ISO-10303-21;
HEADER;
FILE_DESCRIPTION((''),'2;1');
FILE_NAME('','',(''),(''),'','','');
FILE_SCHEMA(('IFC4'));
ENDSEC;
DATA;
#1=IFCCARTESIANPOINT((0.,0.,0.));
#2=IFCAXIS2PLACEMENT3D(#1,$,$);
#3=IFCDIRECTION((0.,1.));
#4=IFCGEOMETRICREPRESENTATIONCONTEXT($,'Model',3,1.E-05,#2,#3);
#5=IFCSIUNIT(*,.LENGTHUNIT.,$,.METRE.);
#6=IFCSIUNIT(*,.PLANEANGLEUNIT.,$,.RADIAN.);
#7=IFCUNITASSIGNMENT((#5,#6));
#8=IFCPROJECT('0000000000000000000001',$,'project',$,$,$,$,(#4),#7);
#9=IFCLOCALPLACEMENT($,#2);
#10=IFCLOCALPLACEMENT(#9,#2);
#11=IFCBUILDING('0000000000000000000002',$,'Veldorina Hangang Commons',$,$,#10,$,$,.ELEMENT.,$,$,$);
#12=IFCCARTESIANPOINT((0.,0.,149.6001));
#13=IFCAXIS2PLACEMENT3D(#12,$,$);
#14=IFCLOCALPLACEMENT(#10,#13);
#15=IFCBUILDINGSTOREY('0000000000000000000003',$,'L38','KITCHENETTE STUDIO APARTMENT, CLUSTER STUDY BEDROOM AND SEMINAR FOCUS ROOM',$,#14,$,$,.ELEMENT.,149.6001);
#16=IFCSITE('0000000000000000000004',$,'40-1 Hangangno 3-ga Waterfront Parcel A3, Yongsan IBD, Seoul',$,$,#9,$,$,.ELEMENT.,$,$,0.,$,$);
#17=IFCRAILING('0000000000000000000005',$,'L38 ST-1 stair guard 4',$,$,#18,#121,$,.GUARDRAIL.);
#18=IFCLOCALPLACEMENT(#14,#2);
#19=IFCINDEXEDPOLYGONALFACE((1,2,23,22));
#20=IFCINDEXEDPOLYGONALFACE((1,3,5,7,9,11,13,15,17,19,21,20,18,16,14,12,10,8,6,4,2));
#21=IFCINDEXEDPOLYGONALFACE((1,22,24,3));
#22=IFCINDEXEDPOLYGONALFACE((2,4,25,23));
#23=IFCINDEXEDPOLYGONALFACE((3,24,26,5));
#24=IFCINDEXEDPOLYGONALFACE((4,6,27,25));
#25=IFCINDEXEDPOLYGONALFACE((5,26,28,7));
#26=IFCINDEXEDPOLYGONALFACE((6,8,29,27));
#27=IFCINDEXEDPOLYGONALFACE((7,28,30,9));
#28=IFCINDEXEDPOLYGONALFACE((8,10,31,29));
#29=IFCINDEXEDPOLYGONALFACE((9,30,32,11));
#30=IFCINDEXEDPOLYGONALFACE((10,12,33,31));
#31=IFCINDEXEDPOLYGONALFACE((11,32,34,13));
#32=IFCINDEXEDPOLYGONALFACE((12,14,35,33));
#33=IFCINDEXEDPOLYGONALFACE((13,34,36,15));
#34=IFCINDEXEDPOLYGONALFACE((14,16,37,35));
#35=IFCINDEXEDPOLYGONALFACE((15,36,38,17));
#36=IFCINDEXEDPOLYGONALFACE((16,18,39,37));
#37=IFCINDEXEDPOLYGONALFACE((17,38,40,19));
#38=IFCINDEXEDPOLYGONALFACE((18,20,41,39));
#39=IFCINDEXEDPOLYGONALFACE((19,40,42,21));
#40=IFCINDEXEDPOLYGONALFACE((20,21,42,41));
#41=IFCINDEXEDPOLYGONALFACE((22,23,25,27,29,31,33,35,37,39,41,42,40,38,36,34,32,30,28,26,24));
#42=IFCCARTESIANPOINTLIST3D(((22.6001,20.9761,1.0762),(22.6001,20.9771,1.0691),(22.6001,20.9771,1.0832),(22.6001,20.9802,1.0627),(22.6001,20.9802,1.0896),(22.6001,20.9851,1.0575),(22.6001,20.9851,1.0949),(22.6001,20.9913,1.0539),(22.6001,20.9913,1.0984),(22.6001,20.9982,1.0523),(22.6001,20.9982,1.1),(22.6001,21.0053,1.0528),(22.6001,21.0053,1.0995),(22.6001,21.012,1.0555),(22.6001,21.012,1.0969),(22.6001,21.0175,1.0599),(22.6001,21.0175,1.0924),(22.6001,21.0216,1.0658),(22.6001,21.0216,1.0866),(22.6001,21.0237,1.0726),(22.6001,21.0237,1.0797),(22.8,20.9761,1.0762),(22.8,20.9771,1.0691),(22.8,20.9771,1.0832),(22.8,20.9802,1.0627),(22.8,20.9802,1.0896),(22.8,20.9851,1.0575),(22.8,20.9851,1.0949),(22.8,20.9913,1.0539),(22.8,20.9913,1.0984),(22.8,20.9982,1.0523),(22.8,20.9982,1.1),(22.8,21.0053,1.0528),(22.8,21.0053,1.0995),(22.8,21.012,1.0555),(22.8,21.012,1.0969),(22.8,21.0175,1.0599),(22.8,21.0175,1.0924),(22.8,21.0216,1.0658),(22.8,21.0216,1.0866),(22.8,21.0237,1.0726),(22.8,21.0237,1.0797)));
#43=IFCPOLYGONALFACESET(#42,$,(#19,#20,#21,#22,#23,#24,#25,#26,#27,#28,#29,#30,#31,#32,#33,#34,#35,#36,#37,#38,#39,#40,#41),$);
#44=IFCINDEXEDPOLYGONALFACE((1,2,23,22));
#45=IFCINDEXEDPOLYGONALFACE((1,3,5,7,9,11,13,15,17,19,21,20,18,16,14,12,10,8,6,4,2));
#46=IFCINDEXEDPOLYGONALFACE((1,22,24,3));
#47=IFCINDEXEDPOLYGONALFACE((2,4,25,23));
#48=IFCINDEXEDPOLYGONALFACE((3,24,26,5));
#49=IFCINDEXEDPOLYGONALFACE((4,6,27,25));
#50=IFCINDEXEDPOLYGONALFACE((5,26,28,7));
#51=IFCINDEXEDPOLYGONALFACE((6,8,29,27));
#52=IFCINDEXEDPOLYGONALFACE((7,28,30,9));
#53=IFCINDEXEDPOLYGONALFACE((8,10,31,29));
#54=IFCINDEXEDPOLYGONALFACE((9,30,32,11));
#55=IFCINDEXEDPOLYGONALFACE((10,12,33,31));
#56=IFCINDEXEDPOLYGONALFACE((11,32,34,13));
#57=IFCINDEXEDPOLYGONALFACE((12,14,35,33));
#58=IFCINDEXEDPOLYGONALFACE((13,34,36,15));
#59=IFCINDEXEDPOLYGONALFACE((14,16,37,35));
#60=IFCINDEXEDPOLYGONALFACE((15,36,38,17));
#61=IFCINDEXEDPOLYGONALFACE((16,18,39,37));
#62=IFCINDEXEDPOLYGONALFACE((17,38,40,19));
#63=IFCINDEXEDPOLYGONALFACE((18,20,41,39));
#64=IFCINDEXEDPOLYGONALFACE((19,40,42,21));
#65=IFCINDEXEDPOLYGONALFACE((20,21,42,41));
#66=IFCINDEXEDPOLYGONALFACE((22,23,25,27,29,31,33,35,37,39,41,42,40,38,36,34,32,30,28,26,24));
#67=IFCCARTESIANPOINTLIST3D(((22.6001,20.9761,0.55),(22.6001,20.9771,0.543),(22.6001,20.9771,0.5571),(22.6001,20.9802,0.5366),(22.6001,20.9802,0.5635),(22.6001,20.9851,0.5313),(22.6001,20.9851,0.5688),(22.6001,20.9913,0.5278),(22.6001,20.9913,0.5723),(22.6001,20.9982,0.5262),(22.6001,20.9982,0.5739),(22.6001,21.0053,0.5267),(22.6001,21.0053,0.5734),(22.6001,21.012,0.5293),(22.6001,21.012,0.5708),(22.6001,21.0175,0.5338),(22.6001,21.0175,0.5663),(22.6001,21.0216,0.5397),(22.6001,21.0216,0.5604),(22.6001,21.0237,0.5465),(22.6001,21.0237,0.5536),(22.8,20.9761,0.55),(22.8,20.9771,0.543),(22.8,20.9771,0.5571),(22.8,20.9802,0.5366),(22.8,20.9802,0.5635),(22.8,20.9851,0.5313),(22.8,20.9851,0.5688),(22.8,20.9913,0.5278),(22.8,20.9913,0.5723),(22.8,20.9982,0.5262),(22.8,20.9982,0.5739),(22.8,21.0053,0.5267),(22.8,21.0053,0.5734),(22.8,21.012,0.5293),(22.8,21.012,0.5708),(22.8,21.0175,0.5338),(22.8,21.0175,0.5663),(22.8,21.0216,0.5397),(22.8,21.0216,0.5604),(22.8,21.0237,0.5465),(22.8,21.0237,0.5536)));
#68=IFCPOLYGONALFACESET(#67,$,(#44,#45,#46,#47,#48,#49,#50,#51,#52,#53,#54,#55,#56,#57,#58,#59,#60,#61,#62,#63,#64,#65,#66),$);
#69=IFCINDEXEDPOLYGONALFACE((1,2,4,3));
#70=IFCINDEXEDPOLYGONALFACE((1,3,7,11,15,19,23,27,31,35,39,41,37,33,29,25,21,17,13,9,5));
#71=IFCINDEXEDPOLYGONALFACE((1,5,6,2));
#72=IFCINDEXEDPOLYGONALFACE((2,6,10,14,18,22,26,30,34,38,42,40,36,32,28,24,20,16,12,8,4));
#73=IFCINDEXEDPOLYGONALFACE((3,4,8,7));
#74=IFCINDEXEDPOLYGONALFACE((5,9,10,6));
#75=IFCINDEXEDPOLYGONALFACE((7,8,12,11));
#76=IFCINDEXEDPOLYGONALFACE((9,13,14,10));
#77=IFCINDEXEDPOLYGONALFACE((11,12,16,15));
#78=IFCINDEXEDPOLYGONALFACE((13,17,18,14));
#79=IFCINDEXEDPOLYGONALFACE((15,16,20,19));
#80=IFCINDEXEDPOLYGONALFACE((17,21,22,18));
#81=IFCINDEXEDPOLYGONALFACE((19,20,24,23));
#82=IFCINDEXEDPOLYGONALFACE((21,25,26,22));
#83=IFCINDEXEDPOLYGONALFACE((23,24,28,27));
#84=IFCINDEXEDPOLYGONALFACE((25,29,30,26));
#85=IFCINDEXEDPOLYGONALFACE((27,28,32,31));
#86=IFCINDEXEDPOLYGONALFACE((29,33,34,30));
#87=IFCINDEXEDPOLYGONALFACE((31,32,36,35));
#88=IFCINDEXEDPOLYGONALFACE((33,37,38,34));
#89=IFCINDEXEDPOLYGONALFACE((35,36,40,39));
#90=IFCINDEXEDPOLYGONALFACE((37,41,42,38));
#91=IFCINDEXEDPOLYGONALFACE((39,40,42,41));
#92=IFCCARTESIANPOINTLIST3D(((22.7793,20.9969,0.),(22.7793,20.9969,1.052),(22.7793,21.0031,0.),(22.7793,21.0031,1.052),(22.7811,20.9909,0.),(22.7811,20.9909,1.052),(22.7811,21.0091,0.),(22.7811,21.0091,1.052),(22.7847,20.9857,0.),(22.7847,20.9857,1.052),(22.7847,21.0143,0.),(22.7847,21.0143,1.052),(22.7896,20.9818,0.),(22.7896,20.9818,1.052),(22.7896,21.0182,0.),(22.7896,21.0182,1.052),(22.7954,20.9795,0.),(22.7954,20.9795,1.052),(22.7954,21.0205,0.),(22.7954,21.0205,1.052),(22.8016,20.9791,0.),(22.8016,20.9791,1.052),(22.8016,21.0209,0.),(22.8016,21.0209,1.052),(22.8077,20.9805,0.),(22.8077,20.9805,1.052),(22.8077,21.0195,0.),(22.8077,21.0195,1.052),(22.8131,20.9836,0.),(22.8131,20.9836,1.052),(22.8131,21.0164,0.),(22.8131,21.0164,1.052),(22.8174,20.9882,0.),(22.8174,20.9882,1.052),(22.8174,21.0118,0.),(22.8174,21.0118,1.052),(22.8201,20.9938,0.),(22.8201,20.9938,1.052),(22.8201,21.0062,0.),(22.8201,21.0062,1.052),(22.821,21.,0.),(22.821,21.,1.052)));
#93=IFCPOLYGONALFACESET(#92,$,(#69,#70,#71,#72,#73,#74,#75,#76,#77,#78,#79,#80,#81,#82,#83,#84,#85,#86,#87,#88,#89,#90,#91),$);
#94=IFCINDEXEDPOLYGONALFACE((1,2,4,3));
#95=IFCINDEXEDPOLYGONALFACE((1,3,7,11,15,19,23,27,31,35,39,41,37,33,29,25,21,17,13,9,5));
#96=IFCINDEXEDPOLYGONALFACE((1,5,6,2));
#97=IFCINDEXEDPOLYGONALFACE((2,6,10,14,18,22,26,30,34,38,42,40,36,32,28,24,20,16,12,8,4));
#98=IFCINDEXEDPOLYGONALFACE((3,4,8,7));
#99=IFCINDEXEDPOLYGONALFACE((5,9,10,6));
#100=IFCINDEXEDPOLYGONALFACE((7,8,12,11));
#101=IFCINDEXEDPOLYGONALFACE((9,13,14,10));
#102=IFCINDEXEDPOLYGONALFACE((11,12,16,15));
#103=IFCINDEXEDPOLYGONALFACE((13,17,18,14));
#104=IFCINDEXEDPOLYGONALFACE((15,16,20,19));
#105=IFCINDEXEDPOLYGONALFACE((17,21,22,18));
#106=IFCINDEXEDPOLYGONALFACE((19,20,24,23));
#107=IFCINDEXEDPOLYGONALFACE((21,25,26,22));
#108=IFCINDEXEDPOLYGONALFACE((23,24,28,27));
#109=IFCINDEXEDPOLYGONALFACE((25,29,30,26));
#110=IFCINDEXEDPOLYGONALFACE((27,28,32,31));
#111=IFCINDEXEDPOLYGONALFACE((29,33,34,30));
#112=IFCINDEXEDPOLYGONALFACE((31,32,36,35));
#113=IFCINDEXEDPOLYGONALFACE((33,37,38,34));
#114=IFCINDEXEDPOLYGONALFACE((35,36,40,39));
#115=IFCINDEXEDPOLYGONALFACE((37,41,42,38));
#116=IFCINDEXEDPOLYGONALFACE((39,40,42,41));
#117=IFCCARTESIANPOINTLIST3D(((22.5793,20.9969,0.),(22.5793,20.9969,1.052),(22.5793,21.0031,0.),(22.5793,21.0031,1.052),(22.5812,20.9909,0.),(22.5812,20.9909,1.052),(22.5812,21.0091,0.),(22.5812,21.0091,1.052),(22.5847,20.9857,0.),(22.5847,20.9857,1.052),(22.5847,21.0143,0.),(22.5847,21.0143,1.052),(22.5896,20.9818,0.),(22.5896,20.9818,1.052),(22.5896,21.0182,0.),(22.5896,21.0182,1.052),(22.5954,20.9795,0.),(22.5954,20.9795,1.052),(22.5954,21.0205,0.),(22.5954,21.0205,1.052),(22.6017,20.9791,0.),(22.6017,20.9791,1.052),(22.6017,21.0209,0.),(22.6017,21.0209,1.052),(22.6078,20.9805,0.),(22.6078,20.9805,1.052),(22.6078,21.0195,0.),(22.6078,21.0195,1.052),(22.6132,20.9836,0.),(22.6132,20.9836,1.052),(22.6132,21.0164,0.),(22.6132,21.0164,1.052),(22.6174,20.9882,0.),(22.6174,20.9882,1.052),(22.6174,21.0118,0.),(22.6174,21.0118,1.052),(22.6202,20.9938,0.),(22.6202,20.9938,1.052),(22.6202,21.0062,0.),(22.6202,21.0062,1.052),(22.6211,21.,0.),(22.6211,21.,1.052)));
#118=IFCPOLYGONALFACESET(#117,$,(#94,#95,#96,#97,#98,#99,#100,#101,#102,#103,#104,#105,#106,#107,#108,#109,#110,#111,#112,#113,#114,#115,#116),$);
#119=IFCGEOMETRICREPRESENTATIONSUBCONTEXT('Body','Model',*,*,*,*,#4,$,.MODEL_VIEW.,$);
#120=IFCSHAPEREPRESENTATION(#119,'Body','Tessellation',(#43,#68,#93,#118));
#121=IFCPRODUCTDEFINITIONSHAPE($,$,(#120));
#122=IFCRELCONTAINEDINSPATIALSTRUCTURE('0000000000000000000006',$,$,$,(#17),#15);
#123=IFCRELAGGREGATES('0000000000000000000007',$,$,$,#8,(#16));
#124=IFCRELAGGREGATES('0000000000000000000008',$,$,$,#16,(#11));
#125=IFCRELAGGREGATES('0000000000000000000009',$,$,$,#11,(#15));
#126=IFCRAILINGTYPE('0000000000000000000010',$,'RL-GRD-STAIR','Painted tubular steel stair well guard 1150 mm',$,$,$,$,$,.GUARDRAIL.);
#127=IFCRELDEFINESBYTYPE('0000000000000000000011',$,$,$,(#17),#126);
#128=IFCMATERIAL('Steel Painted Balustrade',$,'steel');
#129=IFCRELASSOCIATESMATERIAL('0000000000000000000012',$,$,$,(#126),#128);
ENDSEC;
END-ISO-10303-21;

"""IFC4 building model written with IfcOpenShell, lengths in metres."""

from ifc_helpers import new_model, si_unit, direction, frame, origin, origin_2d, place, context, subcontext, project, spatial, circle, extrude, material, type_object, element, save


model = new_model("IFC4")

# Units and contexts
model_context = context("Model", 3, precision=1e-05, world=origin(), true_north=direction((0.0, 1.0)))
body_context = subcontext(model_context, "Body", "Model", "MODEL_VIEW")
ifc_project = project(units=[si_unit("LENGTHUNIT", "METRE"), si_unit("PLANEANGLEUNIT", "RADIAN")], contexts=[model_context])

# Site, building, storey
site_placement = place(None, origin())
site = spatial("IfcSite", under=ifc_project, at=site_placement, Name="40-1 Hangangno 3-ga Waterfront Parcel A3, Yongsan IBD, Seoul", CompositionType="ELEMENT", RefElevation=0.0)
building_placement = place(site_placement, origin())
building = spatial("IfcBuilding", under=site, at=building_placement, Name="Veldorina Hangang Commons", CompositionType="ELEMENT")
storey_placement = place(building_placement, frame((0.0, 0.0, 149.6001)))
storey = spatial("IfcBuildingStorey", under=building, at=storey_placement, Name="L38", Description="KITCHENETTE STUDIO APARTMENT, CLUSTER STUDY BEDROOM AND SEMINAR FOCUS ROOM", CompositionType="ELEMENT", Elevation=149.6001)

# Railing
ifc_material_1 = material(Name="Steel Painted Balustrade", Category="steel")
railing_type_1 = type_object("IfcRailingType", Name="RL-GRD-STAIR", Description="Painted tubular steel stair well guard 1150 mm", PredefinedType="GUARDRAIL", material=ifc_material_1)
railing_1_placement = place(storey_placement, frame((22.8, 21.0, 0.0)))
element("IfcRailing", 1, at=railing_1_placement, inside=storey, type_object=railing_type_1, Name="L38 ST-1 stair guard 4", PredefinedType="GUARDRAIL", context=body_context, shape_type="SweptSolid", body=[
    extrude(circle(Radius=0.0239, at=origin_2d()), frame((0.0, 0.0, 1.0762), z_axis=(-1.0, 0.0, 0.0), x_axis=(0.0, -1.0, 0.0)), (0.0, 0.0, 1.0), 0.2),
    extrude(circle(Radius=0.0239, at=origin_2d()), frame((0.0, 0.0, 0.55), z_axis=(-1.0, 0.0, 0.0), x_axis=(0.0, -1.0, 0.0)), (0.0, 0.0, 1.0), 0.2),
    extrude(circle(Radius=0.021, at=origin_2d()), origin(), (0.0, 0.0, 1.0), 1.052),
    extrude(circle(Radius=0.021, at=origin_2d()), frame((-0.2, 0.0, 0.0)), (0.0, 0.0, 1.0), 1.052),
])

save(model, "model.ifc")
